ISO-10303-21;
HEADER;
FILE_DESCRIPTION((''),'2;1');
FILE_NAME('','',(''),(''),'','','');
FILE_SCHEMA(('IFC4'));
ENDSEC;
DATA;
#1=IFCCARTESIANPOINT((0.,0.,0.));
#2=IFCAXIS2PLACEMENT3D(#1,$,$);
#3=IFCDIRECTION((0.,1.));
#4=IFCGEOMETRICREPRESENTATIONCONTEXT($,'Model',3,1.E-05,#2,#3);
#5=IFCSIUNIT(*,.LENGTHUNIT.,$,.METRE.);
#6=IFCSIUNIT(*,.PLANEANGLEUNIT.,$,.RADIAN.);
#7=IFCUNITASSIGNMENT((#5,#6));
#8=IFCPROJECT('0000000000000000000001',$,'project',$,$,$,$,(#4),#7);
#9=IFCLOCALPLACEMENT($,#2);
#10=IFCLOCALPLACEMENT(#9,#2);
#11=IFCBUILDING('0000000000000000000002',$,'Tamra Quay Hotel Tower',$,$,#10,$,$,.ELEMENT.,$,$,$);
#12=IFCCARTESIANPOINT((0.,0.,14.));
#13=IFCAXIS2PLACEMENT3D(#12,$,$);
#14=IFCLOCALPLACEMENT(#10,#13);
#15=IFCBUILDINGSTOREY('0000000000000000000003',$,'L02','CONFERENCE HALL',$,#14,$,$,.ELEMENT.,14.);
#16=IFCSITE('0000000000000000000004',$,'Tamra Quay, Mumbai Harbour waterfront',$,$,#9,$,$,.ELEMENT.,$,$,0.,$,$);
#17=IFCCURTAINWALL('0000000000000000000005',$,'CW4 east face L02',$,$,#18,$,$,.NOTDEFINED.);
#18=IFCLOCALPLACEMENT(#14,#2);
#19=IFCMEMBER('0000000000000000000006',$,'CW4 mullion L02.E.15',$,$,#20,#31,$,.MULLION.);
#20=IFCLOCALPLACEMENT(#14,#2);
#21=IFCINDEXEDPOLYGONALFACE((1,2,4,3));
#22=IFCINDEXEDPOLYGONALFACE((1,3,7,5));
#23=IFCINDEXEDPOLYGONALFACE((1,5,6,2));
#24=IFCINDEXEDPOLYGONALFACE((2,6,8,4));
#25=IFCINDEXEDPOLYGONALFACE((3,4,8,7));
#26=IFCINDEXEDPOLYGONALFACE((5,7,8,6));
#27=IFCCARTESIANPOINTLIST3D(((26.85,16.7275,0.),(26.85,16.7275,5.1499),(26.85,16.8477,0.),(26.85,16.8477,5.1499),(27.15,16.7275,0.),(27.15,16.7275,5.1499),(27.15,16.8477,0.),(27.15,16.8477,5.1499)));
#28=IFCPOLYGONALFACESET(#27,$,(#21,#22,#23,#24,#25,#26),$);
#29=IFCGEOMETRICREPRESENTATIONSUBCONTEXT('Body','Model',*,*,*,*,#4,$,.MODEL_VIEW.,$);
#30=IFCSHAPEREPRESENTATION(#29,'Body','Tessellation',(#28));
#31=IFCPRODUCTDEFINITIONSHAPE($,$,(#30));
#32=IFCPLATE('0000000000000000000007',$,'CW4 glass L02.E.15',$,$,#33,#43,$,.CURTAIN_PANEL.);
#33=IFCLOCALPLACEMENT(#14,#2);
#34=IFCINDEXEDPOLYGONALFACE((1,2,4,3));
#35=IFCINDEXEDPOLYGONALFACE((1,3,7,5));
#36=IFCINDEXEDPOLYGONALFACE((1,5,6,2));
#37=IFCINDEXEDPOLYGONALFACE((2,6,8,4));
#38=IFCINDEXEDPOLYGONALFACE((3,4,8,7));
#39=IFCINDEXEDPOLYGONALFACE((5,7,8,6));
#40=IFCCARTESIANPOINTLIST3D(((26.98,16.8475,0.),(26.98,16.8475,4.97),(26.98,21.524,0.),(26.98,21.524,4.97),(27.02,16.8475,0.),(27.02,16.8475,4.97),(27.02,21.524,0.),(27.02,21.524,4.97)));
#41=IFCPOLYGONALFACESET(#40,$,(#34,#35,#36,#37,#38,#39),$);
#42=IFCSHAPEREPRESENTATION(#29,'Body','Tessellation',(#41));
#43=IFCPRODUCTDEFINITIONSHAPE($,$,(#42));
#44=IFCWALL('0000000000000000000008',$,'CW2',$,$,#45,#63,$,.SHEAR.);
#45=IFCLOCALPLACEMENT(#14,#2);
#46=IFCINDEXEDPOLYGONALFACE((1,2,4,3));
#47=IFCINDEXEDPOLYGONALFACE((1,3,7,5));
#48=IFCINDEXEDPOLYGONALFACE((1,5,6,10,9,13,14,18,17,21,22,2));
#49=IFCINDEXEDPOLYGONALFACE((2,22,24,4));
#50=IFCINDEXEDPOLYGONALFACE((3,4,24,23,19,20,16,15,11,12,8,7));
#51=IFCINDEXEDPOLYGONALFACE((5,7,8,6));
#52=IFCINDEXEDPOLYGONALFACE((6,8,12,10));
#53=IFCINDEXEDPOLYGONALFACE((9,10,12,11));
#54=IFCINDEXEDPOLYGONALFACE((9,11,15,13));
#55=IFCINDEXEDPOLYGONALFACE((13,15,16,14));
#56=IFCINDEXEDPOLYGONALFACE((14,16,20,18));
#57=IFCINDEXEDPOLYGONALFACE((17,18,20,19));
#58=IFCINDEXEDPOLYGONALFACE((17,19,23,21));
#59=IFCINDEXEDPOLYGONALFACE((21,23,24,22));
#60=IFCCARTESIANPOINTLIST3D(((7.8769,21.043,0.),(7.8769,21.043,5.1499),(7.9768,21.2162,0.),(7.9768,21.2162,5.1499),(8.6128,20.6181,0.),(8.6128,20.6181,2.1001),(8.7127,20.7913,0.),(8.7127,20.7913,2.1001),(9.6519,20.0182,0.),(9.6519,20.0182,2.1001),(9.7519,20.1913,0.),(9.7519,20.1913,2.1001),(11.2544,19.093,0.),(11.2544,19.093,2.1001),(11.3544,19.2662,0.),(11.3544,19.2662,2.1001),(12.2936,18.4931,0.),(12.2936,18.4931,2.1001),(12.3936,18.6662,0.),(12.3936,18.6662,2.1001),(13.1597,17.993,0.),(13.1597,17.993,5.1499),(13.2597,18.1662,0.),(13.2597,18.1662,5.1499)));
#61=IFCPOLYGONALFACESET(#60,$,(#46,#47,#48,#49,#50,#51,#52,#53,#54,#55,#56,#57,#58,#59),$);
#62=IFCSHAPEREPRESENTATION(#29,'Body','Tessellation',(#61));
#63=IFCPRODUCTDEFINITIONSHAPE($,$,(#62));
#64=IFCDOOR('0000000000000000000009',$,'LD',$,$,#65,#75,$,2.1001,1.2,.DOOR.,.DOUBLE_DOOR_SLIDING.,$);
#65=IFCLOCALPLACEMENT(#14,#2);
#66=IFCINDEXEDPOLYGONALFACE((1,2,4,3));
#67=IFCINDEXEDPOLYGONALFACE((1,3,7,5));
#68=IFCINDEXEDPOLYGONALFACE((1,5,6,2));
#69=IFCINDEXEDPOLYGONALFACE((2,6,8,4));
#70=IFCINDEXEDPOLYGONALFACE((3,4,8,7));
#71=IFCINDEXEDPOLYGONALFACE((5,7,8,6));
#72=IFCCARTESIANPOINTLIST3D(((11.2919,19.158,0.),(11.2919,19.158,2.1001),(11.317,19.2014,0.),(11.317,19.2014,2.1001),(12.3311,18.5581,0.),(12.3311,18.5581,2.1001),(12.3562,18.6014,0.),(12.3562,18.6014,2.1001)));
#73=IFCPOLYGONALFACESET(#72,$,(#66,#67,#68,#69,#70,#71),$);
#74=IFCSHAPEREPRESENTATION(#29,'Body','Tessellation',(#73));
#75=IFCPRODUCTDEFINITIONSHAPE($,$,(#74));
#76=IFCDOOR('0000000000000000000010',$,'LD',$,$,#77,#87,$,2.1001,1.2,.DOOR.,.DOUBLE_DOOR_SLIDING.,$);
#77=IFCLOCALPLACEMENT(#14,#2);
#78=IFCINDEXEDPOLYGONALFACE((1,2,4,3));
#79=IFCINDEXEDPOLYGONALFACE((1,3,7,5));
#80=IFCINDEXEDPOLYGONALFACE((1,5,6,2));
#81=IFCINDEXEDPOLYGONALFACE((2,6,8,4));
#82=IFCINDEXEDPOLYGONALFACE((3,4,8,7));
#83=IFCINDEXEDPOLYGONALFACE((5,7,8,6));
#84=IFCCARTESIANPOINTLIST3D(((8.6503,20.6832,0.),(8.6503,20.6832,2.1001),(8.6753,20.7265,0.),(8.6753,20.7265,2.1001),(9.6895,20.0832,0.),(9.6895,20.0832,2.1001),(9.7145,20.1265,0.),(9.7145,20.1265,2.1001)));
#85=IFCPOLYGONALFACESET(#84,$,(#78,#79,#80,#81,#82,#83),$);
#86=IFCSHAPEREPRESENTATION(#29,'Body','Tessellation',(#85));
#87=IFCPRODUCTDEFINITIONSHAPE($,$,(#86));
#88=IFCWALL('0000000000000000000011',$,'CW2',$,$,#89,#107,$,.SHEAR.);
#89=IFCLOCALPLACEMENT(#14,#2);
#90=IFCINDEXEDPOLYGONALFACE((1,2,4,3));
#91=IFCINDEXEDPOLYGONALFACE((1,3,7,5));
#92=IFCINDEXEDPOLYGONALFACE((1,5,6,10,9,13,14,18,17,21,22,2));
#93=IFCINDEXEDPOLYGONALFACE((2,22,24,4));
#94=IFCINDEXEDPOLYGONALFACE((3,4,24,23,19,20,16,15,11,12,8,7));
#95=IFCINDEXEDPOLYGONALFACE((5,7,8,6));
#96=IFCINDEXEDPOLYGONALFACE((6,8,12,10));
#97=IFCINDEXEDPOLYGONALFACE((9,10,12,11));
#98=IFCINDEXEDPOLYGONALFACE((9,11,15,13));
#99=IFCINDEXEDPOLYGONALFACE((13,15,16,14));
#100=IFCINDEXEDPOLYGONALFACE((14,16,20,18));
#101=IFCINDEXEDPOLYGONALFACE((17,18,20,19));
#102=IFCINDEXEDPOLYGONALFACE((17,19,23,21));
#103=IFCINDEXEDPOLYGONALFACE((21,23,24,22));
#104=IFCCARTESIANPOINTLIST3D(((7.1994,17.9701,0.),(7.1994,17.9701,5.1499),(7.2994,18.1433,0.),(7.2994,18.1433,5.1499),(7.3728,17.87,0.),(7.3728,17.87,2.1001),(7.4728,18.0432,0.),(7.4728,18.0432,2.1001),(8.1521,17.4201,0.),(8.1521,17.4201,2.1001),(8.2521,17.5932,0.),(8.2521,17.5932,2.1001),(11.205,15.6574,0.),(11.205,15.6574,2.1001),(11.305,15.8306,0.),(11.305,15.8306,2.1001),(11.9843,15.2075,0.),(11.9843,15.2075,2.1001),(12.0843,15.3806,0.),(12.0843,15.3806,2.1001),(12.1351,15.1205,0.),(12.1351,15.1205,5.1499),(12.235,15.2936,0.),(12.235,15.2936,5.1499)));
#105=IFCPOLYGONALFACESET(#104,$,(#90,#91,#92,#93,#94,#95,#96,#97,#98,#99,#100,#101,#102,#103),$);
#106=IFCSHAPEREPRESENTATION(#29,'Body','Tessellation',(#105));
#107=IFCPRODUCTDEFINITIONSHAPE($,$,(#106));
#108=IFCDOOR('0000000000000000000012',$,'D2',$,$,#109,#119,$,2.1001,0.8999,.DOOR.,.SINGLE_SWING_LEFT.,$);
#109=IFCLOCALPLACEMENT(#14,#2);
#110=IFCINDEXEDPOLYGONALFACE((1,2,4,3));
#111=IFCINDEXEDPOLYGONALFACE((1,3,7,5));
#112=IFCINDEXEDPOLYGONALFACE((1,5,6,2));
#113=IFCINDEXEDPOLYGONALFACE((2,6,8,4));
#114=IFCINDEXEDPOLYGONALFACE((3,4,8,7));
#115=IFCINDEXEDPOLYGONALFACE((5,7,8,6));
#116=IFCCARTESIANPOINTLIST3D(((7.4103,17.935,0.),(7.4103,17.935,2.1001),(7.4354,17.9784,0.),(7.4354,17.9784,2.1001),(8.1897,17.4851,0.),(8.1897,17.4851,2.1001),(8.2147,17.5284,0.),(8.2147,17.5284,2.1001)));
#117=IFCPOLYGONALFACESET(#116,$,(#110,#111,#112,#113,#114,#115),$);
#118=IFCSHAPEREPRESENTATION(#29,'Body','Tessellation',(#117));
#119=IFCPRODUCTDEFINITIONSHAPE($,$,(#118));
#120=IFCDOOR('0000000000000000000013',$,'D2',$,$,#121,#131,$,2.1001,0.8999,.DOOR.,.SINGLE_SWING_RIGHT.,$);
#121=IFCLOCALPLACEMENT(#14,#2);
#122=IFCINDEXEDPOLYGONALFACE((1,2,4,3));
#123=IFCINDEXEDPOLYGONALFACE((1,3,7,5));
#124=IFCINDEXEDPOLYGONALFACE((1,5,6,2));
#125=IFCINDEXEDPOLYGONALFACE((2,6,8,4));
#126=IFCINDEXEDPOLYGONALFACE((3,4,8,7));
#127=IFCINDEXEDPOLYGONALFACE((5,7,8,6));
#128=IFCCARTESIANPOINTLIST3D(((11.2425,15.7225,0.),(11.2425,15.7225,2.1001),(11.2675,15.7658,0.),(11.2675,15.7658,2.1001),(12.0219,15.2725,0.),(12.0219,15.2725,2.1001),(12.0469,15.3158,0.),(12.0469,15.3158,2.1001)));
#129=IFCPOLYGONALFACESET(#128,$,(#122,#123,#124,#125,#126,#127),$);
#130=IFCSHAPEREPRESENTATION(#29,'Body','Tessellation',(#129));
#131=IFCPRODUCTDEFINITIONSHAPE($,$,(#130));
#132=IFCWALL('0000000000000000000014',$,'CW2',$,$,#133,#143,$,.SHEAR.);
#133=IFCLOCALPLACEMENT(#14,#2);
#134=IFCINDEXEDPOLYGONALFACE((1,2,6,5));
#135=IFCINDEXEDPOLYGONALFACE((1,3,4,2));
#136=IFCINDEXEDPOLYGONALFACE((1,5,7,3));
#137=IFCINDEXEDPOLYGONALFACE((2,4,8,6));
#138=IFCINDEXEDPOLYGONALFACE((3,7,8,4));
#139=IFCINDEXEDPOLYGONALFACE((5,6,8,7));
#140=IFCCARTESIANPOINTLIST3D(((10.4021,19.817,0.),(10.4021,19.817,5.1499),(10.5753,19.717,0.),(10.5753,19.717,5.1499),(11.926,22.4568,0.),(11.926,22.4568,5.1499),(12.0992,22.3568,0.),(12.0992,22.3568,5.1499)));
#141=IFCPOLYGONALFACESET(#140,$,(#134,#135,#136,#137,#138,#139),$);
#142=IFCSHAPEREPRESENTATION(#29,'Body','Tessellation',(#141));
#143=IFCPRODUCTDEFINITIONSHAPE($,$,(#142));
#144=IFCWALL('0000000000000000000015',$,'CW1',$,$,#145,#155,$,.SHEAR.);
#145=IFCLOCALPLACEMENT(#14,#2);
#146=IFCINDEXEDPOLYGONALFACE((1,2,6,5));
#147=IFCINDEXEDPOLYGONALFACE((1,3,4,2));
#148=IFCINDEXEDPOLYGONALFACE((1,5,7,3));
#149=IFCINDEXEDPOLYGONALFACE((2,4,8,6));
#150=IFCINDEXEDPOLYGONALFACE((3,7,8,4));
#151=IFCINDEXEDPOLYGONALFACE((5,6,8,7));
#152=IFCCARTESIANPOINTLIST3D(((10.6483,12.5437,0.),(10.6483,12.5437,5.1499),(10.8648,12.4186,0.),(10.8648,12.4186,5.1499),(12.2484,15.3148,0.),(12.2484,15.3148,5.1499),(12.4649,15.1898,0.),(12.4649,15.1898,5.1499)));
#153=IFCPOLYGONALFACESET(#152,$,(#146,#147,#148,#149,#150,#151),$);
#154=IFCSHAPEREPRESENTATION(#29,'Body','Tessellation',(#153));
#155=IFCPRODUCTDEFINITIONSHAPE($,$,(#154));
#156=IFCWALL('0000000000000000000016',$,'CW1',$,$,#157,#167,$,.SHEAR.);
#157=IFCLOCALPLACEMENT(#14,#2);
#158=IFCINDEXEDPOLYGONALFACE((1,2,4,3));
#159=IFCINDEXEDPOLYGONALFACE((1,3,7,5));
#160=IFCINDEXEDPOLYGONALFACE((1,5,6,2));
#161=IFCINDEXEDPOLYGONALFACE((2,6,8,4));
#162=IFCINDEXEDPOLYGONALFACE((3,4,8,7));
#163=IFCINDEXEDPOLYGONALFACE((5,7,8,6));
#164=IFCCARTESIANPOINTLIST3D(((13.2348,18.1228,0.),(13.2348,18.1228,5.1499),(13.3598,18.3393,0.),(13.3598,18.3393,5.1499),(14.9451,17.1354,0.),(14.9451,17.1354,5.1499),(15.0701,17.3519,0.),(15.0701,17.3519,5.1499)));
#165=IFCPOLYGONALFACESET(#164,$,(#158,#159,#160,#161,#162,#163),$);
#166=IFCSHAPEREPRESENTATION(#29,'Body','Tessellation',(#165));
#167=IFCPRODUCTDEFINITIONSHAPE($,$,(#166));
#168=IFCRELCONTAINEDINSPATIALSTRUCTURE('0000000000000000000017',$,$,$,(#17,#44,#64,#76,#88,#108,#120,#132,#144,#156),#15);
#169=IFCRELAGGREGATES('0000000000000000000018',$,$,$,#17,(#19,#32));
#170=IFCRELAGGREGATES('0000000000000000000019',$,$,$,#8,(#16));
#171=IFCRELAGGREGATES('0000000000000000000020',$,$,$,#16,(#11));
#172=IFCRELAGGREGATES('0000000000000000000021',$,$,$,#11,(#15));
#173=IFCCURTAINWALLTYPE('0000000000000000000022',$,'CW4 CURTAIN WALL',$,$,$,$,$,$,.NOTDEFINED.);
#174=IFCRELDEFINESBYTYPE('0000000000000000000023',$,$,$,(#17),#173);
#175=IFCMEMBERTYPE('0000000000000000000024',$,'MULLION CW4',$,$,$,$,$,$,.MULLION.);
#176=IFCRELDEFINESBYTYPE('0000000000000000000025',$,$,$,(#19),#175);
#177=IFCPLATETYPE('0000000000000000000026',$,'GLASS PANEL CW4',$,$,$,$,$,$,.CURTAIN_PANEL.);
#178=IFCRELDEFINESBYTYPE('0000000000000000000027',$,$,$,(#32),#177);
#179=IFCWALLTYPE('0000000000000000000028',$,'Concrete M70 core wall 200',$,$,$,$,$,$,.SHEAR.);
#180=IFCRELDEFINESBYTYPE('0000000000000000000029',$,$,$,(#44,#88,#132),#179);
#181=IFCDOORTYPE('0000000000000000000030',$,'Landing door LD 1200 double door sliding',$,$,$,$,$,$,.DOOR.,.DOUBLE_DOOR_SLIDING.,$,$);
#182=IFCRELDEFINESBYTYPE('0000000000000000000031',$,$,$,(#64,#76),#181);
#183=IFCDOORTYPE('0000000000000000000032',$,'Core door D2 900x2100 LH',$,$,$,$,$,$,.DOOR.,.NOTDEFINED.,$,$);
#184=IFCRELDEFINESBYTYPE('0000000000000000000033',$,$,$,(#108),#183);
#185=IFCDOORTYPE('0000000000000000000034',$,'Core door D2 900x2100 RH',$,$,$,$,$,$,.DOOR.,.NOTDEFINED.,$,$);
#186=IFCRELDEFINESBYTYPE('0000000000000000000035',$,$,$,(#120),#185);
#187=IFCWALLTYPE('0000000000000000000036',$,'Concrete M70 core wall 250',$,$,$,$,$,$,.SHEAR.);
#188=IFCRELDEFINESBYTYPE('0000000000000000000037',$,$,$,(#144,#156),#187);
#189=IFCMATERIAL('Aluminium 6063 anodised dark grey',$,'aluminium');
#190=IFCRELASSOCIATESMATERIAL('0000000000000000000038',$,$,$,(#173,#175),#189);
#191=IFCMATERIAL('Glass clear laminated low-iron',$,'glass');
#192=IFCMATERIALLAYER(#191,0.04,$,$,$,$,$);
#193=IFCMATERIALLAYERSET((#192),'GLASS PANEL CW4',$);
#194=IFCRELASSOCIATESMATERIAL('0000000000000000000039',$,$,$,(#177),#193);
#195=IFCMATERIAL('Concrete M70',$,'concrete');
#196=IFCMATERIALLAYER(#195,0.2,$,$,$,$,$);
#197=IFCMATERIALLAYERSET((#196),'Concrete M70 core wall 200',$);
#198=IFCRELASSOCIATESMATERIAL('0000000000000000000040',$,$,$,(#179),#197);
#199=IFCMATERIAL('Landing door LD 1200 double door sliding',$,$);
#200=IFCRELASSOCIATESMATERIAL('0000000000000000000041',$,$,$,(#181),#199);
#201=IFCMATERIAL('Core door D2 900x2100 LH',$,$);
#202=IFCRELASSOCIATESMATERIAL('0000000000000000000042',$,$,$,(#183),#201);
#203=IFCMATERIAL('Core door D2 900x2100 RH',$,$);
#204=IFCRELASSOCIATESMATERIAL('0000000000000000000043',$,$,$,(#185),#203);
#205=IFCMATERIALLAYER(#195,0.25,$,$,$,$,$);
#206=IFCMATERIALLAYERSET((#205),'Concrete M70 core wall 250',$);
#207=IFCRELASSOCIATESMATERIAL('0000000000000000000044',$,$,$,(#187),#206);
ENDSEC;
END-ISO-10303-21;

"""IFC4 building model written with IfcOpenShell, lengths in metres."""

from ifc_helpers import new_model, si_unit, direction, frame, frame_2d, origin, origin_2d, place, context, subcontext, project, spatial, rectangle, extrude, material, layer, layer_set, material_profile, profile_set, type_object, element, fill, aggregate, save


model = new_model("IFC4")

# Units and contexts
model_context = context("Model", 3, precision=1e-05, world=origin(), true_north=direction((0.0, 1.0)))
body_context = subcontext(model_context, "Body", "Model", "MODEL_VIEW")
ifc_project = project(units=[si_unit("LENGTHUNIT", "METRE"), si_unit("PLANEANGLEUNIT", "RADIAN")], contexts=[model_context])

# Site, building, storey
site_placement = place(None, origin())
site = spatial("IfcSite", under=ifc_project, at=site_placement, Name="Tamra Quay, Mumbai Harbour waterfront", CompositionType="ELEMENT", RefElevation=0.0)
building_placement = place(site_placement, origin())
building = spatial("IfcBuilding", under=site, at=building_placement, Name="Tamra Quay Hotel Tower", CompositionType="ELEMENT")
storey_placement = place(building_placement, frame((0.0, 0.0, 14.0)))
storey = spatial("IfcBuildingStorey", under=building, at=storey_placement, Name="L02", Description="CONFERENCE HALL", CompositionType="ELEMENT", Elevation=14.0)

# Curtain wall, member, plate
ifc_material_1 = material(Name="Aluminium 6063 anodised dark grey", Category="aluminium")
curtain_wall_type = type_object("IfcCurtainWallType", Name="CW4 CURTAIN WALL", PredefinedType="NOTDEFINED", material=ifc_material_1)
curtain_wall_placement = place(storey_placement, origin())
curtain_wall = element("IfcCurtainWall", 1, at=curtain_wall_placement, inside=storey, type_object=curtain_wall_type, Name="CW4 east face L02", PredefinedType="NOTDEFINED")
ifc_material_profile = material_profile(ifc_material_1, rectangle(XDim=0.3, YDim=0.1201, at=origin_2d()), Name="MULLION 120X300")
ifc_profile_set = profile_set([ifc_material_profile], Name="Aluminium 6063 anodised dark grey")
member_type = type_object("IfcMemberType", Name="MULLION CW4", PredefinedType="MULLION", material=ifc_profile_set)
member_placement = place(storey_placement, frame((27.0, 16.7876, 0.0), z_axis=(0.0, 0.0, 1.0), x_axis=(1.0, 0.0, 0.0)))
member = element("IfcMember", 2, at=member_placement, type_object=member_type, Name="CW4 mullion L02.E.15", PredefinedType="MULLION", context=body_context, shape_type="SweptSolid", body=[
    extrude(rectangle(XDim=0.3, YDim=0.1201, at=origin_2d()), origin(), (0.0, 0.0, 1.0), 5.1499),
])
ifc_material_2 = material(Name="Glass clear laminated low-iron", Category="glass")
ifc_layer_1 = layer(ifc_material_2, 0.04)
ifc_layer_set_1 = layer_set([ifc_layer_1], Name="GLASS PANEL CW4")
plate_type = type_object("IfcPlateType", Name="GLASS PANEL CW4", PredefinedType="CURTAIN_PANEL", material=ifc_layer_set_1)
plate_placement = place(storey_placement, frame((27.0, 19.1858, 0.0), z_axis=(0.0, 0.0, 1.0), x_axis=(0.0, 1.0, 0.0)))
plate = element("IfcPlate", 3, at=plate_placement, type_object=plate_type, Name="CW4 glass L02.E.15", PredefinedType="CURTAIN_PANEL", context=body_context, shape_type="SweptSolid", body=[
    extrude(rectangle(XDim=4.6765, YDim=0.04, at=origin_2d()), origin(), (0.0, 0.0, 1.0), 4.97),
])
aggregate(curtain_wall, [member, plate])

# Walls, openings, doors
ifc_material_3 = material(Name="Concrete M70", Category="concrete")
ifc_layer_2 = layer(ifc_material_3, 0.2)
ifc_layer_set_2 = layer_set([ifc_layer_2], Name="Concrete M70 core wall 200")
wall_type_1 = type_object("IfcWallType", Name="Concrete M70 core wall 200", PredefinedType="SHEAR", material=ifc_layer_set_2)
wall_1_placement = place(storey_placement, frame((13.2097, 18.0796, 0.0), z_axis=(0.0, 0.0, 1.0), x_axis=(-0.86603, 0.499992, 0.0)))
wall_1 = element("IfcWall", 4, at=wall_1_placement, inside=storey, type_object=wall_type_1, Name="CW2", PredefinedType="SHEAR", context=body_context, shape_type="SweptSolid", body=[
    extrude(rectangle(XDim=6.1001, YDim=0.2, at=frame_2d((3.05, 0.0))), origin(), (0.0, 0.0, 1.0), 5.1499),
])
opening_1_placement = place(wall_1_placement, frame((1.0, 0.0, 0.0)))
opening_1 = element("IfcOpeningElement", 5, at=opening_1_placement, cuts=wall_1, PredefinedType="OPENING", context=body_context, shape_type="SweptSolid", body=[
    extrude(rectangle(XDim=1.2, YDim=2.1001, at=frame_2d((0.6001, 1.05))), frame((0.0, 0.1099, 0.0), z_axis=(0.0, -1.0, 0.0), x_axis=(1.0, 0.0, 0.0)), (0.0, 0.0, 1.0), 0.22),
])
opening_2_placement = place(wall_1_placement, frame((4.0503, 0.0, 0.0)))
opening_2 = element("IfcOpeningElement", 6, at=opening_2_placement, cuts=wall_1, PredefinedType="OPENING", context=body_context, shape_type="SweptSolid", body=[
    extrude(rectangle(XDim=1.2, YDim=2.1001, at=frame_2d((0.6001, 1.05))), frame((0.0, 0.1099, 0.0), z_axis=(0.0, -1.0, 0.0), x_axis=(1.0, 0.0, 0.0)), (0.0, 0.0, 1.0), 0.22),
])
ifc_material_4 = material(Name="Landing door LD 1200 double door sliding")
door_type_1 = type_object("IfcDoorType", Name="Landing door LD 1200 double door sliding", OperationType="DOUBLE_DOOR_SLIDING", PredefinedType="DOOR", material=ifc_material_4)
door_1_placement = place(opening_1_placement, origin())
door_1 = element("IfcDoor", 7, at=door_1_placement, inside=storey, type_object=door_type_1, Name="LD", OperationType="DOUBLE_DOOR_SLIDING", OverallHeight=2.1001, OverallWidth=1.2, PredefinedType="DOOR", context=body_context, shape_type="SweptSolid", body=[
    extrude(rectangle(XDim=1.2, YDim=2.1001, at=frame_2d((0.6001, 1.05))), frame((0.0, 0.0249, 0.0), z_axis=(0.0, -1.0, 0.0), x_axis=(1.0, 0.0, 0.0)), (0.0, 0.0, 1.0), 0.05),
])
fill(opening_1, door_1)
door_2_placement = place(opening_2_placement, origin())
door_2 = element("IfcDoor", 8, at=door_2_placement, inside=storey, type_object=door_type_1, Name="LD", OperationType="DOUBLE_DOOR_SLIDING", OverallHeight=2.1001, OverallWidth=1.2, PredefinedType="DOOR", context=body_context, shape_type="SweptSolid", body=[
    extrude(rectangle(XDim=1.2, YDim=2.1001, at=frame_2d((0.6001, 1.05))), frame((0.0, 0.0249, 0.0), z_axis=(0.0, -1.0, 0.0), x_axis=(1.0, 0.0, 0.0)), (0.0, 0.0, 1.0), 0.05),
])
fill(opening_2, door_2)
wall_2_placement = place(storey_placement, frame((12.1851, 15.207, 0.0), z_axis=(0.0, 0.0, 1.0), x_axis=(-0.86602, 0.500009, 0.0)))
wall_2 = element("IfcWall", 9, at=wall_2_placement, inside=storey, type_object=wall_type_1, Name="CW2", PredefinedType="SHEAR", context=body_context, shape_type="SweptSolid", body=[
    extrude(rectangle(XDim=5.6992, YDim=0.2, at=frame_2d((2.8496, 0.0))), origin(), (0.0, 0.0, 1.0), 5.1499),
])
opening_3_placement = place(wall_2_placement, frame((0.1741, 0.0, 0.0)))
opening_3 = element("IfcOpeningElement", 10, at=opening_3_placement, cuts=wall_2, PredefinedType="OPENING", context=body_context, shape_type="SweptSolid", body=[
    extrude(rectangle(XDim=0.8999, YDim=2.1001, at=frame_2d((0.45, 1.05))), frame((0.0, 0.1099, 0.0), z_axis=(0.0, -1.0, 0.0), x_axis=(1.0, 0.0, 0.0)), (0.0, 0.0, 1.0), 0.22),
])
opening_4_placement = place(wall_2_placement, frame((4.5991, 0.0, 0.0)))
opening_4 = element("IfcOpeningElement", 11, at=opening_4_placement, cuts=wall_2, PredefinedType="OPENING", context=body_context, shape_type="SweptSolid", body=[
    extrude(rectangle(XDim=0.8999, YDim=2.1001, at=frame_2d((0.45, 1.05))), frame((0.0, 0.1099, 0.0), z_axis=(0.0, -1.0, 0.0), x_axis=(1.0, 0.0, 0.0)), (0.0, 0.0, 1.0), 0.22),
])
ifc_material_5 = material(Name="Core door D2 900x2100 LH")
door_type_2 = type_object("IfcDoorType", Name="Core door D2 900x2100 LH", OperationType="NOTDEFINED", PredefinedType="DOOR", material=ifc_material_5)
door_3_placement = place(opening_4_placement, origin())
door_3 = element("IfcDoor", 12, at=door_3_placement, inside=storey, type_object=door_type_2, Name="D2", OperationType="SINGLE_SWING_LEFT", OverallHeight=2.1001, OverallWidth=0.8999, PredefinedType="DOOR", context=body_context, shape_type="SweptSolid", body=[
    extrude(rectangle(XDim=0.8999, YDim=2.1001, at=frame_2d((0.45, 1.05))), frame((0.0, 0.0249, 0.0), z_axis=(0.0, -1.0, 0.0), x_axis=(1.0, 0.0, 0.0)), (0.0, 0.0, 1.0), 0.05),
])
fill(opening_4, door_3)
ifc_material_6 = material(Name="Core door D2 900x2100 RH")
door_type_3 = type_object("IfcDoorType", Name="Core door D2 900x2100 RH", OperationType="NOTDEFINED", PredefinedType="DOOR", material=ifc_material_6)
door_4_placement = place(opening_3_placement, origin())
door_4 = element("IfcDoor", 13, at=door_4_placement, inside=storey, type_object=door_type_3, Name="D2", OperationType="SINGLE_SWING_RIGHT", OverallHeight=2.1001, OverallWidth=0.8999, PredefinedType="DOOR", context=body_context, shape_type="SweptSolid", body=[
    extrude(rectangle(XDim=0.8999, YDim=2.1001, at=frame_2d((0.45, 1.05))), frame((0.0, 0.0249, 0.0), z_axis=(0.0, -1.0, 0.0), x_axis=(1.0, 0.0, 0.0)), (0.0, 0.0, 1.0), 0.05),
])
fill(opening_3, door_4)

# Walls
wall_3_placement = place(storey_placement, frame((10.4888, 19.7671, 0.0), z_axis=(0.0, 0.0, 1.0), x_axis=(0.499947, 0.866056, 0.0)))
element("IfcWall", 14, at=wall_3_placement, inside=storey, type_object=wall_type_1, Name="CW2", PredefinedType="SHEAR", context=body_context, shape_type="SweptSolid", body=[
    extrude(rectangle(XDim=3.0481, YDim=0.2, at=frame_2d((1.5239, 0.0))), origin(), (0.0, 0.0, 1.0), 5.1499),
])
ifc_layer_3 = layer(ifc_material_3, 0.25)
ifc_layer_set_3 = layer_set([ifc_layer_3], Name="Concrete M70 core wall 250")
wall_type_2 = type_object("IfcWallType", Name="Concrete M70 core wall 250", PredefinedType="SHEAR", material=ifc_layer_set_3)
wall_4_placement = place(storey_placement, frame((12.3567, 15.2524, 0.0), z_axis=(0.0, 0.0, 1.0), x_axis=(-0.500028, -0.866009, 0.0)))
element("IfcWall", 15, at=wall_4_placement, inside=storey, type_object=wall_type_2, Name="CW1", PredefinedType="SHEAR", context=body_context, shape_type="SweptSolid", body=[
    extrude(rectangle(XDim=3.2, YDim=0.25, at=frame_2d((1.6001, 0.0))), origin(), (0.0, 0.0, 1.0), 5.1499),
])
wall_5_placement = place(storey_placement, frame((13.2974, 18.231, 0.0), z_axis=(0.0, 0.0, 1.0), x_axis=(0.866044, -0.499969, 0.0)))
element("IfcWall", 16, at=wall_5_placement, inside=storey, type_object=wall_type_2, Name="CW1", PredefinedType="SHEAR", context=body_context, shape_type="SweptSolid", body=[
    extrude(rectangle(XDim=1.9749, YDim=0.25, at=frame_2d((0.9873, 0.0))), origin(), (0.0, 0.0, 1.0), 5.1499),
])

save(model, "model.ifc")
